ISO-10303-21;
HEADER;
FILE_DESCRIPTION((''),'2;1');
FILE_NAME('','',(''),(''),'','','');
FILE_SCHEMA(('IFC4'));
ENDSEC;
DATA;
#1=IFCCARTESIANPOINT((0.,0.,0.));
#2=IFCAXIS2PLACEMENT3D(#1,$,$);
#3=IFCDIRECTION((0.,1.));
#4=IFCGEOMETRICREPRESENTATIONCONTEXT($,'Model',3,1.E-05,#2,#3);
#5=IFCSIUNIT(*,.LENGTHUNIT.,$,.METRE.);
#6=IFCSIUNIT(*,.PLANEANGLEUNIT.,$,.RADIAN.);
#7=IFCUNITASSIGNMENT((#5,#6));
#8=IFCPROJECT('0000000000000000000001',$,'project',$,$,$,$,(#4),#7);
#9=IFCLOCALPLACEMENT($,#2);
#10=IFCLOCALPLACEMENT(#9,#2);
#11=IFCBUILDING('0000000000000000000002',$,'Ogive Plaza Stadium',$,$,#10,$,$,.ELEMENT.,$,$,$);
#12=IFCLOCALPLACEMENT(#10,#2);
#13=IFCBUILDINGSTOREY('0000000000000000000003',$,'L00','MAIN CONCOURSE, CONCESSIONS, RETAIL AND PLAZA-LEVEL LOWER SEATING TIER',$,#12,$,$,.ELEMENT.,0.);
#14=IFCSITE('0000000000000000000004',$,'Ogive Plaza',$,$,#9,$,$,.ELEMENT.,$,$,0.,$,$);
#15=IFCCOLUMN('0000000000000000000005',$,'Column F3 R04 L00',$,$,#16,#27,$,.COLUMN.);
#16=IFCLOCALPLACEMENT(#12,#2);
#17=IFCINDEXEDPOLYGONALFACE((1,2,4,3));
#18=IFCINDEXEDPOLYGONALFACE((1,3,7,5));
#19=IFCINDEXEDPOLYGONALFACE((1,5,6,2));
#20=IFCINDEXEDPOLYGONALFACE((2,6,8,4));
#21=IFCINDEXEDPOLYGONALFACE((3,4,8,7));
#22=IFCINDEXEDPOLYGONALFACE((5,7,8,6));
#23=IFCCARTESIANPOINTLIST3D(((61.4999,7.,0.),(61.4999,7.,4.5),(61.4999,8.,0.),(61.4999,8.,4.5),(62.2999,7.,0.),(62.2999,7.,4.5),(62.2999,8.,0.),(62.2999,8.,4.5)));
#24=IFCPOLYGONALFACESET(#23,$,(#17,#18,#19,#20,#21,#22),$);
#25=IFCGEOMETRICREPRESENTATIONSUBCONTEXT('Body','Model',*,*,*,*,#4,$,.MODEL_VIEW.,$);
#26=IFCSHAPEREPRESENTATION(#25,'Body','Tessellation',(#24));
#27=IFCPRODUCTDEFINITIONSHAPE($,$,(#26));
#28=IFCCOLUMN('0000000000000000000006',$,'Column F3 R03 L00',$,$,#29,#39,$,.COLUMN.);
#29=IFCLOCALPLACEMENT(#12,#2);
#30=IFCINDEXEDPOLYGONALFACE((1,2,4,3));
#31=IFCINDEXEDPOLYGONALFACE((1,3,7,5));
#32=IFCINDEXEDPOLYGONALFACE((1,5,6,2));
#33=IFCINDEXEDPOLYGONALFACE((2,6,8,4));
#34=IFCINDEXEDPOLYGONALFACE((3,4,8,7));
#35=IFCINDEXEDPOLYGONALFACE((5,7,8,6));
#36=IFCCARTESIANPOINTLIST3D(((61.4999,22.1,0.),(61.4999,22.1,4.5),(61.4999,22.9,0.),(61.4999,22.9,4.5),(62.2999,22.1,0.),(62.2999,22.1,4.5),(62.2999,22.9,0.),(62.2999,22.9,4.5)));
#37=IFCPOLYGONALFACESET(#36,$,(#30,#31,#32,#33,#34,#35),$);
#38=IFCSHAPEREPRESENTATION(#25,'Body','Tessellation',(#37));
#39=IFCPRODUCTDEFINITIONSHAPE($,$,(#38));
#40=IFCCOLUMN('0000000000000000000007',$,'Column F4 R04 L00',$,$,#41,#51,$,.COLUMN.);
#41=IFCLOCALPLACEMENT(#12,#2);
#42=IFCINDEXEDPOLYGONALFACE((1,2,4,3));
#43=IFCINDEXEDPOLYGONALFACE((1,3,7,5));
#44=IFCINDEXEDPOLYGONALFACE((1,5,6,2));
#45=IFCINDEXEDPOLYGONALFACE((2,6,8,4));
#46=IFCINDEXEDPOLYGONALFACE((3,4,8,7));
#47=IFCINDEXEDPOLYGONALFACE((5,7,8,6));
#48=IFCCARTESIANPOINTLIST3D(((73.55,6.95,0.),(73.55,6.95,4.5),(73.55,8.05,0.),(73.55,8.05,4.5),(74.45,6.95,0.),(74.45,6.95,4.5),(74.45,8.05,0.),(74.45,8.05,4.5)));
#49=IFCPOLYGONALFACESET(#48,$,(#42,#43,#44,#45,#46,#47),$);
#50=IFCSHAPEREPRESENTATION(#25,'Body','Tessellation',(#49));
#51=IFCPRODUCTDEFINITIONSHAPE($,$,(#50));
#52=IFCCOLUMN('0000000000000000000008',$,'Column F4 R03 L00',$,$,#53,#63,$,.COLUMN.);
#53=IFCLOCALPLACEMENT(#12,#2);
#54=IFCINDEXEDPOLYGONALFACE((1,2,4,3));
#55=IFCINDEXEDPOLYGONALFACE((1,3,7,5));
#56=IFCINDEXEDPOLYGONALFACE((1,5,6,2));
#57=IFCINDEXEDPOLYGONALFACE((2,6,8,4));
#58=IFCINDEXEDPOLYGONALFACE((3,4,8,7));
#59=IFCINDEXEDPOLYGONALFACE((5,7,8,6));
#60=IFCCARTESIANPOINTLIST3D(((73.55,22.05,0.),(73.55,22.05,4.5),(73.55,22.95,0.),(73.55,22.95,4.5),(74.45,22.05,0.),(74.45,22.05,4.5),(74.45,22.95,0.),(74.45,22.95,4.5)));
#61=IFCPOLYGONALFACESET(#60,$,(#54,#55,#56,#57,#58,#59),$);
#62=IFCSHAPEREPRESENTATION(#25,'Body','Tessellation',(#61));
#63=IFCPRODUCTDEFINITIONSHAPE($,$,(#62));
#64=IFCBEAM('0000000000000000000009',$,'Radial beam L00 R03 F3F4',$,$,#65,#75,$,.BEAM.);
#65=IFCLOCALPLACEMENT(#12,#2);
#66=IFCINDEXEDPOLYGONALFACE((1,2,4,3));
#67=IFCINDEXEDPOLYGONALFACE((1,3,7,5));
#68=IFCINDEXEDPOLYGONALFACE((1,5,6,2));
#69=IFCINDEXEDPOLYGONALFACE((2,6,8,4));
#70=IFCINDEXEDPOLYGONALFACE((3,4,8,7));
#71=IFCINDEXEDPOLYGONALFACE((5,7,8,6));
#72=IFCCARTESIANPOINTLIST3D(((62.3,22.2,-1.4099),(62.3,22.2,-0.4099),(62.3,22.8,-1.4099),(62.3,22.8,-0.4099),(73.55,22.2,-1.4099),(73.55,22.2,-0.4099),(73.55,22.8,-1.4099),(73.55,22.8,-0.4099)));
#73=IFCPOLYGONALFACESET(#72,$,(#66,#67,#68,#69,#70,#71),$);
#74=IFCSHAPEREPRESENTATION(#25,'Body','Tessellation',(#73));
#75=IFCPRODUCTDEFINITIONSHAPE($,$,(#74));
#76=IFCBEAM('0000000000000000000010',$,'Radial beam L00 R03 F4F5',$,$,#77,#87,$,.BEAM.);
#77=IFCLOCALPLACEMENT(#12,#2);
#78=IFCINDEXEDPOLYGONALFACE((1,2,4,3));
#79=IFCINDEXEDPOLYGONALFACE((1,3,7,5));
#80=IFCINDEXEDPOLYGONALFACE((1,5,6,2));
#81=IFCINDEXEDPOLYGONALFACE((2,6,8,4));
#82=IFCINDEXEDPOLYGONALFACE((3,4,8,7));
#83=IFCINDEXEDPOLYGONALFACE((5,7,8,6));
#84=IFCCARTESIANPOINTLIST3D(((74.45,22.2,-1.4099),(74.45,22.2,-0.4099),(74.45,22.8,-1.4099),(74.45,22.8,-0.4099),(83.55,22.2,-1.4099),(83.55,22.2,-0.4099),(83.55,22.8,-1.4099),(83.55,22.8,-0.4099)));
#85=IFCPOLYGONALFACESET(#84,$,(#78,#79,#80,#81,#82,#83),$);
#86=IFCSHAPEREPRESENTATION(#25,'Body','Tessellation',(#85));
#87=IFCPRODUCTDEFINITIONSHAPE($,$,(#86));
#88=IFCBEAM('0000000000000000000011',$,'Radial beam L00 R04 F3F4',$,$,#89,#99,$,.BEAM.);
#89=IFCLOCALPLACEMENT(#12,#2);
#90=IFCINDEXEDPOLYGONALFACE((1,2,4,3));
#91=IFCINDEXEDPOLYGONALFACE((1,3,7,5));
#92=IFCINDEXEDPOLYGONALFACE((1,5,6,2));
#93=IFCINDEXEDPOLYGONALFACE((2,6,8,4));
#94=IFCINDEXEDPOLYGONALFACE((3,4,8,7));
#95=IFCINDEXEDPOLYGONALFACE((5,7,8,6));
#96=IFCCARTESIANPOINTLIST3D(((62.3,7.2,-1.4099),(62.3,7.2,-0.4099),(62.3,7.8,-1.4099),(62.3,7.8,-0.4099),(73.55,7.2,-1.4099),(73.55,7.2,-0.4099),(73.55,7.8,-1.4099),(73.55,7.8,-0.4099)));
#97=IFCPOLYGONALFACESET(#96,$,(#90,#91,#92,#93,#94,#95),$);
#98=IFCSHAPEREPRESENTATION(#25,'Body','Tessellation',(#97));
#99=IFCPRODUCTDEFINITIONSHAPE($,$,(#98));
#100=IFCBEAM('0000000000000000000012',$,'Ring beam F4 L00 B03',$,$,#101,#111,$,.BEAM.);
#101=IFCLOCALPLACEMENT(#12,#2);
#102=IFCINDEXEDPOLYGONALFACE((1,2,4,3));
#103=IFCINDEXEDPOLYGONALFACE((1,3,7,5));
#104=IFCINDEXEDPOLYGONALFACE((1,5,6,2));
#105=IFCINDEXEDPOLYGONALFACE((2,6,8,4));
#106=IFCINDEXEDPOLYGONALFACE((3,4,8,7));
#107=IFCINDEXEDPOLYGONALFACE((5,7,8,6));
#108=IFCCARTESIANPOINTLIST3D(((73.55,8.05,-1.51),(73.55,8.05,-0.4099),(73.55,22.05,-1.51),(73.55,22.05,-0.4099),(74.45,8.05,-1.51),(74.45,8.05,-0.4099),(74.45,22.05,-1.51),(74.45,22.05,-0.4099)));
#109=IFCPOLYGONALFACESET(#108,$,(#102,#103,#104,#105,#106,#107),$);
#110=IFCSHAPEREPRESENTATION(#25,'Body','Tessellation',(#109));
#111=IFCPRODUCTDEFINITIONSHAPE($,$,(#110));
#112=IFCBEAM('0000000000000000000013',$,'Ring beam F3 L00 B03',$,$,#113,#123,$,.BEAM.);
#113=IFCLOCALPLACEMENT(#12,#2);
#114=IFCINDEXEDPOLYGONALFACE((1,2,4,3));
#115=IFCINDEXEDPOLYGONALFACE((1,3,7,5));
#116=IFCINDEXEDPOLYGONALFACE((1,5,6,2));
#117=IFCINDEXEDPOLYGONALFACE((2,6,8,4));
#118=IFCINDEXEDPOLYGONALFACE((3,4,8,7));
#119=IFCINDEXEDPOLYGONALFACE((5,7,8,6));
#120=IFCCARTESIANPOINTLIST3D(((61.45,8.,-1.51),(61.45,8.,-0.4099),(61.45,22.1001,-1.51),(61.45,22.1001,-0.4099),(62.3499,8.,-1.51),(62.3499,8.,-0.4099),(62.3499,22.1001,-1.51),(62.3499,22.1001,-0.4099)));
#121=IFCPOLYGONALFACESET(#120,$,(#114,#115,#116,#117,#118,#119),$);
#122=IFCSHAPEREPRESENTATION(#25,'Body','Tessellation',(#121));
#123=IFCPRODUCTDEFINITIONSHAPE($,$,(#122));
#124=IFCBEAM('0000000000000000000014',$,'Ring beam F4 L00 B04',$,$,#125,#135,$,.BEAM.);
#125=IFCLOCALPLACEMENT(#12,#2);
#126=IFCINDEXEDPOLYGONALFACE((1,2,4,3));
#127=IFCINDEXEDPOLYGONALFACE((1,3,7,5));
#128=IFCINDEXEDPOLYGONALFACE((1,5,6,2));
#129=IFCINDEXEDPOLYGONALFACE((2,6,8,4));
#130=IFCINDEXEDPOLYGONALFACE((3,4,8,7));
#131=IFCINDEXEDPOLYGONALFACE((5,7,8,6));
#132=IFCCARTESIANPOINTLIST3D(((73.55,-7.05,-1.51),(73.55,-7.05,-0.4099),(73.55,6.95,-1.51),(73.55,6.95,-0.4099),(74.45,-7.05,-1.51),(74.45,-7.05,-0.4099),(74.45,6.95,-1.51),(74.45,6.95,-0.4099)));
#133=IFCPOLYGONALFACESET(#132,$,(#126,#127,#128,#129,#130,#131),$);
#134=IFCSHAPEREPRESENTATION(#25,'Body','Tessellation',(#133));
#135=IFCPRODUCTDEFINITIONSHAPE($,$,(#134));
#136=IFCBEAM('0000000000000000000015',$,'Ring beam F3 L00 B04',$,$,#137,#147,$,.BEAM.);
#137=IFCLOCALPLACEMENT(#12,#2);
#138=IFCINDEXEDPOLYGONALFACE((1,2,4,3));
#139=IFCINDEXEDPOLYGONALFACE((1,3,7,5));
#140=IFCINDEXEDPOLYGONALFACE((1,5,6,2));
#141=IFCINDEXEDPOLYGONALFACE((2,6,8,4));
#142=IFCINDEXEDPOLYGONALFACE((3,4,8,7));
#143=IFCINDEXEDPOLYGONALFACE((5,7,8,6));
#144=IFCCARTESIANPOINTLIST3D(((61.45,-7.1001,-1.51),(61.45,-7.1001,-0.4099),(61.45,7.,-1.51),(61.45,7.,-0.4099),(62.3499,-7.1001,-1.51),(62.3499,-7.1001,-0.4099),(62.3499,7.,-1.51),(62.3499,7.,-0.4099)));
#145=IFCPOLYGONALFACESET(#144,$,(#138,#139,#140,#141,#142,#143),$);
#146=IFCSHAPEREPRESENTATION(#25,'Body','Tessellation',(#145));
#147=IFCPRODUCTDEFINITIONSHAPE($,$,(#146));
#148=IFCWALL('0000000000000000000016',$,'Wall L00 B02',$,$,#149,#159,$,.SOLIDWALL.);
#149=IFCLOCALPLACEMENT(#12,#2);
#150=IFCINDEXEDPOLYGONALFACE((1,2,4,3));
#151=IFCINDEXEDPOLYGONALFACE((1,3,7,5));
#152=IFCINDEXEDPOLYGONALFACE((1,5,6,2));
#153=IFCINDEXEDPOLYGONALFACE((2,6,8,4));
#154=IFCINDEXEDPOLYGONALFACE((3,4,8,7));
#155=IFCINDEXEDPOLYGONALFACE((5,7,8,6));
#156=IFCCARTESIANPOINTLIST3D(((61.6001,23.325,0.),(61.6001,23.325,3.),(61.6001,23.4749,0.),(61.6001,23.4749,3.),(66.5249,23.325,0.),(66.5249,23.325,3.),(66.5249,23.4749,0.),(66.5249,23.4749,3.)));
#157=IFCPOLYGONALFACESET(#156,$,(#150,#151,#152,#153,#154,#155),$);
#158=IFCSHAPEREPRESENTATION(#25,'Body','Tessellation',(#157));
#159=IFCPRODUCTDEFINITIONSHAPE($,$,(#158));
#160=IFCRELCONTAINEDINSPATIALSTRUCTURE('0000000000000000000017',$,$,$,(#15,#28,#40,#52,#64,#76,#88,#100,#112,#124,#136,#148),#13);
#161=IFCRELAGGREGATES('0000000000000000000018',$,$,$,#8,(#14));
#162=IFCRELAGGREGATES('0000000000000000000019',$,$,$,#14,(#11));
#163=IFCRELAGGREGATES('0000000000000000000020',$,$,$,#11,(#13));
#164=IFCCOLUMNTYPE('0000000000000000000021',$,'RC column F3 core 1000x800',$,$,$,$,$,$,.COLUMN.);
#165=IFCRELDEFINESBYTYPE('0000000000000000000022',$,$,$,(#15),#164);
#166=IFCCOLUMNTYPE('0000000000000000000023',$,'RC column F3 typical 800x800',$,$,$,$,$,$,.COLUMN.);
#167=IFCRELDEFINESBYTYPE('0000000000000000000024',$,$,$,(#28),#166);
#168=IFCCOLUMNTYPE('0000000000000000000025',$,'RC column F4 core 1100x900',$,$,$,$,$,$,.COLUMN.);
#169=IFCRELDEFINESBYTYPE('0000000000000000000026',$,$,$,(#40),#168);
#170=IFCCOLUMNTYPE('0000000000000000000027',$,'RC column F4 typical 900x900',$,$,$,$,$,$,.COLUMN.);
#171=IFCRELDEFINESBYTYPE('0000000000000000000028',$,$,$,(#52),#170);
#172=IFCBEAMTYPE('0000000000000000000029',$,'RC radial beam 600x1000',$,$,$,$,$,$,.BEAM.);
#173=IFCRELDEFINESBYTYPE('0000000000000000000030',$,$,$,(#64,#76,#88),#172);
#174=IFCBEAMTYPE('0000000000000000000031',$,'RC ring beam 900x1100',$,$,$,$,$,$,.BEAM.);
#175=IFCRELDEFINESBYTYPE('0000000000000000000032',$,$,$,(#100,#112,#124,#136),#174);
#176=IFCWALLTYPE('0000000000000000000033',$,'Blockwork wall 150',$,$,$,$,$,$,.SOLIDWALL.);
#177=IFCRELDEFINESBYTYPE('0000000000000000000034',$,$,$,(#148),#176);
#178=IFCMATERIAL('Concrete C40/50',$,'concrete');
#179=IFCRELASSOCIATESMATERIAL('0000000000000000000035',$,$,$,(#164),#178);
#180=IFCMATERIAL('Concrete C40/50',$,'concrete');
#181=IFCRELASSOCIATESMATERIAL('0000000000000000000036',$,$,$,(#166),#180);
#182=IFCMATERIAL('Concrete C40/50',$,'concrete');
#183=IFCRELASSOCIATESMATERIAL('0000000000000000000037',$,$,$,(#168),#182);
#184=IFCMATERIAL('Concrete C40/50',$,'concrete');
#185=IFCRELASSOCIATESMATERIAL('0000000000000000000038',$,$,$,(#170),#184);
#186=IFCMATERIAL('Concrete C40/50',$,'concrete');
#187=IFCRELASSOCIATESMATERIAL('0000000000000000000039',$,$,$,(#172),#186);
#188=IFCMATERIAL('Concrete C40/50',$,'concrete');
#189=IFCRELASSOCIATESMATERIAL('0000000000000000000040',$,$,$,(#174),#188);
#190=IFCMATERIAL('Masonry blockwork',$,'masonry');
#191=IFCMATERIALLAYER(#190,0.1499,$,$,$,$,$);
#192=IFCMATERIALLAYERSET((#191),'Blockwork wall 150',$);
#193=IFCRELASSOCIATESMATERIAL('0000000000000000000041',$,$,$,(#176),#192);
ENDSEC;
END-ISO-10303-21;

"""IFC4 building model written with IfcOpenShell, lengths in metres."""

from ifc_helpers import new_model, si_unit, direction, frame, frame_2d, origin, origin_2d, place, context, subcontext, project, spatial, rectangle, extrude, material, layer, layer_set, material_profile, profile_set, type_object, element, save


model = new_model("IFC4")

# Units and contexts
model_context = context("Model", 3, precision=1e-05, world=origin(), true_north=direction((0.0, 1.0)))
body_context = subcontext(model_context, "Body", "Model", "MODEL_VIEW")
ifc_project = project(units=[si_unit("LENGTHUNIT", "METRE"), si_unit("PLANEANGLEUNIT", "RADIAN")], contexts=[model_context])

# Site, building, storey
site_placement = place(None, origin())
site = spatial("IfcSite", under=ifc_project, at=site_placement, Name="Ogive Plaza", CompositionType="ELEMENT", RefElevation=0.0)
building_placement = place(site_placement, origin())
building = spatial("IfcBuilding", under=site, at=building_placement, Name="Ogive Plaza Stadium", CompositionType="ELEMENT")
storey_placement = place(building_placement, origin())
storey = spatial("IfcBuildingStorey", under=building, at=storey_placement, Name="L00", Description="MAIN CONCOURSE, CONCESSIONS, RETAIL AND PLAZA-LEVEL LOWER SEATING TIER", CompositionType="ELEMENT", Elevation=0.0)

# Columns
ifc_material_1 = material(Name="Concrete C40/50", Category="concrete")
ifc_material_profile_1 = material_profile(ifc_material_1, rectangle(XDim=1.0, YDim=0.8, at=origin_2d()), Name="RC 1000x800")
ifc_profile_set_1 = profile_set([ifc_material_profile_1], Name="Concrete C40/50")
column_type_1 = type_object("IfcColumnType", Name="RC column F3 core 1000x800", PredefinedType="COLUMN", material=ifc_profile_set_1)
column_1_placement = place(storey_placement, frame((61.8999, 7.5, 0.0), z_axis=(0.0, 0.0, 1.0), x_axis=(0.0, 1.0, 0.0)))
element("IfcColumn", 1, at=column_1_placement, inside=storey, type_object=column_type_1, Name="Column F3 R04 L00", PredefinedType="COLUMN", context=body_context, shape_type="SweptSolid", body=[
    extrude(rectangle(XDim=1.0, YDim=0.8, at=origin_2d()), origin(), (0.0, 0.0, 1.0), 4.5),
])
ifc_material_2 = material(Name="Concrete C40/50", Category="concrete")
ifc_material_profile_2 = material_profile(ifc_material_2, rectangle(XDim=0.8, YDim=0.8, at=origin_2d()), Name="RC 800x800")
ifc_profile_set_2 = profile_set([ifc_material_profile_2], Name="Concrete C40/50")
column_type_2 = type_object("IfcColumnType", Name="RC column F3 typical 800x800", PredefinedType="COLUMN", material=ifc_profile_set_2)
column_2_placement = place(storey_placement, frame((61.8999, 22.5, 0.0), z_axis=(0.0, 0.0, 1.0), x_axis=(0.0, 1.0, 0.0)))
element("IfcColumn", 2, at=column_2_placement, inside=storey, type_object=column_type_2, Name="Column F3 R03 L00", PredefinedType="COLUMN", context=body_context, shape_type="SweptSolid", body=[
    extrude(rectangle(XDim=0.8, YDim=0.8, at=origin_2d()), origin(), (0.0, 0.0, 1.0), 4.5),
])
ifc_material_3 = material(Name="Concrete C40/50", Category="concrete")
ifc_material_profile_3 = material_profile(ifc_material_3, rectangle(XDim=1.1001, YDim=0.8999, at=origin_2d()), Name="RC 1100x900")
ifc_profile_set_3 = profile_set([ifc_material_profile_3], Name="Concrete C40/50")
column_type_3 = type_object("IfcColumnType", Name="RC column F4 core 1100x900", PredefinedType="COLUMN", material=ifc_profile_set_3)
column_3_placement = place(storey_placement, frame((74.0, 7.5, 0.0), z_axis=(0.0, 0.0, 1.0), x_axis=(0.0, 1.0, 0.0)))
element("IfcColumn", 3, at=column_3_placement, inside=storey, type_object=column_type_3, Name="Column F4 R04 L00", PredefinedType="COLUMN", context=body_context, shape_type="SweptSolid", body=[
    extrude(rectangle(XDim=1.1001, YDim=0.8999, at=origin_2d()), origin(), (0.0, 0.0, 1.0), 4.5),
])
ifc_material_4 = material(Name="Concrete C40/50", Category="concrete")
ifc_material_profile_4 = material_profile(ifc_material_4, rectangle(XDim=0.8999, YDim=0.8999, at=origin_2d()), Name="RC 900x900")
ifc_profile_set_4 = profile_set([ifc_material_profile_4], Name="Concrete C40/50")
column_type_4 = type_object("IfcColumnType", Name="RC column F4 typical 900x900", PredefinedType="COLUMN", material=ifc_profile_set_4)
column_4_placement = place(storey_placement, frame((74.0, 22.5, 0.0), z_axis=(0.0, 0.0, 1.0), x_axis=(0.0, 1.0, 0.0)))
element("IfcColumn", 4, at=column_4_placement, inside=storey, type_object=column_type_4, Name="Column F4 R03 L00", PredefinedType="COLUMN", context=body_context, shape_type="SweptSolid", body=[
    extrude(rectangle(XDim=0.8999, YDim=0.8999, at=origin_2d()), origin(), (0.0, 0.0, 1.0), 4.5),
])

# Beams
ifc_material_5 = material(Name="Concrete C40/50", Category="concrete")
ifc_material_profile_5 = material_profile(ifc_material_5, rectangle(XDim=0.6001, YDim=1.0, at=origin_2d()), Name="RC 600x1000")
ifc_profile_set_5 = profile_set([ifc_material_profile_5], Name="Concrete C40/50")
beam_type_1 = type_object("IfcBeamType", Name="RC radial beam 600x1000", PredefinedType="BEAM", material=ifc_profile_set_5)
beam_1_placement = place(storey_placement, frame((62.3, 22.5, -0.9099), z_axis=(1.0, 0.0, 0.0), x_axis=(0.0, 1.0, 0.0)))
element("IfcBeam", 5, at=beam_1_placement, inside=storey, type_object=beam_type_1, Name="Radial beam L00 R03 F3F4", PredefinedType="BEAM", context=body_context, shape_type="SweptSolid", body=[
    extrude(rectangle(XDim=0.6001, YDim=1.0, at=origin_2d()), origin(), (0.0, 0.0, 1.0), 11.25),
])
beam_2_placement = place(storey_placement, frame((74.45, 22.5, -0.9099), z_axis=(1.0, 0.0, 0.0), x_axis=(0.0, 1.0, 0.0)))
element("IfcBeam", 6, at=beam_2_placement, inside=storey, type_object=beam_type_1, Name="Radial beam L00 R03 F4F5", PredefinedType="BEAM", context=body_context, shape_type="SweptSolid", body=[
    extrude(rectangle(XDim=0.6001, YDim=1.0, at=origin_2d()), origin(), (0.0, 0.0, 1.0), 9.1001),
])
beam_3_placement = place(storey_placement, frame((62.3, 7.5, -0.9099), z_axis=(1.0, 0.0, 0.0), x_axis=(0.0, 1.0, 0.0)))
element("IfcBeam", 7, at=beam_3_placement, inside=storey, type_object=beam_type_1, Name="Radial beam L00 R04 F3F4", PredefinedType="BEAM", context=body_context, shape_type="SweptSolid", body=[
    extrude(rectangle(XDim=0.6001, YDim=1.0, at=origin_2d()), origin(), (0.0, 0.0, 1.0), 11.25),
])
ifc_material_6 = material(Name="Concrete C40/50", Category="concrete")
ifc_material_profile_6 = material_profile(ifc_material_6, rectangle(XDim=0.8999, YDim=1.1001, at=origin_2d()), Name="RC 900x1100")
ifc_profile_set_6 = profile_set([ifc_material_profile_6], Name="Concrete C40/50")
beam_type_2 = type_object("IfcBeamType", Name="RC ring beam 900x1100", PredefinedType="BEAM", material=ifc_profile_set_6)
beam_4_placement = place(storey_placement, frame((74.0, 22.05, -0.96), z_axis=(0.0, -1.0, 0.0), x_axis=(1.0, 0.0, 0.0)))
element("IfcBeam", 8, at=beam_4_placement, inside=storey, type_object=beam_type_2, Name="Ring beam F4 L00 B03", PredefinedType="BEAM", context=body_context, shape_type="SweptSolid", body=[
    extrude(rectangle(XDim=0.8999, YDim=1.1001, at=origin_2d()), origin(), (0.0, 0.0, 1.0), 14.0),
])
beam_5_placement = place(storey_placement, frame((61.8999, 22.1001, -0.96), z_axis=(0.0, -1.0, 0.0), x_axis=(1.0, 0.0, 0.0)))
element("IfcBeam", 9, at=beam_5_placement, inside=storey, type_object=beam_type_2, Name="Ring beam F3 L00 B03", PredefinedType="BEAM", context=body_context, shape_type="SweptSolid", body=[
    extrude(rectangle(XDim=0.8999, YDim=1.1001, at=origin_2d()), origin(), (0.0, 0.0, 1.0), 14.1001),
])
beam_6_placement = place(storey_placement, frame((74.0, 6.95, -0.96), z_axis=(0.0, -1.0, 0.0), x_axis=(1.0, 0.0, 0.0)))
element("IfcBeam", 10, at=beam_6_placement, inside=storey, type_object=beam_type_2, Name="Ring beam F4 L00 B04", PredefinedType="BEAM", context=body_context, shape_type="SweptSolid", body=[
    extrude(rectangle(XDim=0.8999, YDim=1.1001, at=origin_2d()), origin(), (0.0, 0.0, 1.0), 14.0),
])
beam_7_placement = place(storey_placement, frame((61.8999, 7.0, -0.96), z_axis=(0.0, -1.0, 0.0), x_axis=(1.0, 0.0, 0.0)))
element("IfcBeam", 11, at=beam_7_placement, inside=storey, type_object=beam_type_2, Name="Ring beam F3 L00 B04", PredefinedType="BEAM", context=body_context, shape_type="SweptSolid", body=[
    extrude(rectangle(XDim=0.8999, YDim=1.1001, at=origin_2d()), origin(), (0.0, 0.0, 1.0), 14.1001),
])

# Wall
ifc_material_7 = material(Name="Masonry blockwork", Category="masonry")
ifc_layer = layer(ifc_material_7, 0.1499)
ifc_layer_set = layer_set([ifc_layer], Name="Blockwork wall 150")
wall_type = type_object("IfcWallType", Name="Blockwork wall 150", PredefinedType="SOLIDWALL", material=ifc_layer_set)
wall_1_placement = place(storey_placement, frame((61.6001, 23.3999, 0.0), z_axis=(0.0, 0.0, 1.0), x_axis=(1.0, 0.0, 0.0)))
element("IfcWall", 12, at=wall_1_placement, inside=storey, type_object=wall_type, Name="Wall L00 B02", PredefinedType="SOLIDWALL", context=body_context, shape_type="SweptSolid", body=[
    extrude(rectangle(XDim=4.9248, YDim=0.1499, at=frame_2d((2.4624, 0.0))), origin(), (0.0, 0.0, 1.0), 3.0),
])

save(model, "model.ifc")
